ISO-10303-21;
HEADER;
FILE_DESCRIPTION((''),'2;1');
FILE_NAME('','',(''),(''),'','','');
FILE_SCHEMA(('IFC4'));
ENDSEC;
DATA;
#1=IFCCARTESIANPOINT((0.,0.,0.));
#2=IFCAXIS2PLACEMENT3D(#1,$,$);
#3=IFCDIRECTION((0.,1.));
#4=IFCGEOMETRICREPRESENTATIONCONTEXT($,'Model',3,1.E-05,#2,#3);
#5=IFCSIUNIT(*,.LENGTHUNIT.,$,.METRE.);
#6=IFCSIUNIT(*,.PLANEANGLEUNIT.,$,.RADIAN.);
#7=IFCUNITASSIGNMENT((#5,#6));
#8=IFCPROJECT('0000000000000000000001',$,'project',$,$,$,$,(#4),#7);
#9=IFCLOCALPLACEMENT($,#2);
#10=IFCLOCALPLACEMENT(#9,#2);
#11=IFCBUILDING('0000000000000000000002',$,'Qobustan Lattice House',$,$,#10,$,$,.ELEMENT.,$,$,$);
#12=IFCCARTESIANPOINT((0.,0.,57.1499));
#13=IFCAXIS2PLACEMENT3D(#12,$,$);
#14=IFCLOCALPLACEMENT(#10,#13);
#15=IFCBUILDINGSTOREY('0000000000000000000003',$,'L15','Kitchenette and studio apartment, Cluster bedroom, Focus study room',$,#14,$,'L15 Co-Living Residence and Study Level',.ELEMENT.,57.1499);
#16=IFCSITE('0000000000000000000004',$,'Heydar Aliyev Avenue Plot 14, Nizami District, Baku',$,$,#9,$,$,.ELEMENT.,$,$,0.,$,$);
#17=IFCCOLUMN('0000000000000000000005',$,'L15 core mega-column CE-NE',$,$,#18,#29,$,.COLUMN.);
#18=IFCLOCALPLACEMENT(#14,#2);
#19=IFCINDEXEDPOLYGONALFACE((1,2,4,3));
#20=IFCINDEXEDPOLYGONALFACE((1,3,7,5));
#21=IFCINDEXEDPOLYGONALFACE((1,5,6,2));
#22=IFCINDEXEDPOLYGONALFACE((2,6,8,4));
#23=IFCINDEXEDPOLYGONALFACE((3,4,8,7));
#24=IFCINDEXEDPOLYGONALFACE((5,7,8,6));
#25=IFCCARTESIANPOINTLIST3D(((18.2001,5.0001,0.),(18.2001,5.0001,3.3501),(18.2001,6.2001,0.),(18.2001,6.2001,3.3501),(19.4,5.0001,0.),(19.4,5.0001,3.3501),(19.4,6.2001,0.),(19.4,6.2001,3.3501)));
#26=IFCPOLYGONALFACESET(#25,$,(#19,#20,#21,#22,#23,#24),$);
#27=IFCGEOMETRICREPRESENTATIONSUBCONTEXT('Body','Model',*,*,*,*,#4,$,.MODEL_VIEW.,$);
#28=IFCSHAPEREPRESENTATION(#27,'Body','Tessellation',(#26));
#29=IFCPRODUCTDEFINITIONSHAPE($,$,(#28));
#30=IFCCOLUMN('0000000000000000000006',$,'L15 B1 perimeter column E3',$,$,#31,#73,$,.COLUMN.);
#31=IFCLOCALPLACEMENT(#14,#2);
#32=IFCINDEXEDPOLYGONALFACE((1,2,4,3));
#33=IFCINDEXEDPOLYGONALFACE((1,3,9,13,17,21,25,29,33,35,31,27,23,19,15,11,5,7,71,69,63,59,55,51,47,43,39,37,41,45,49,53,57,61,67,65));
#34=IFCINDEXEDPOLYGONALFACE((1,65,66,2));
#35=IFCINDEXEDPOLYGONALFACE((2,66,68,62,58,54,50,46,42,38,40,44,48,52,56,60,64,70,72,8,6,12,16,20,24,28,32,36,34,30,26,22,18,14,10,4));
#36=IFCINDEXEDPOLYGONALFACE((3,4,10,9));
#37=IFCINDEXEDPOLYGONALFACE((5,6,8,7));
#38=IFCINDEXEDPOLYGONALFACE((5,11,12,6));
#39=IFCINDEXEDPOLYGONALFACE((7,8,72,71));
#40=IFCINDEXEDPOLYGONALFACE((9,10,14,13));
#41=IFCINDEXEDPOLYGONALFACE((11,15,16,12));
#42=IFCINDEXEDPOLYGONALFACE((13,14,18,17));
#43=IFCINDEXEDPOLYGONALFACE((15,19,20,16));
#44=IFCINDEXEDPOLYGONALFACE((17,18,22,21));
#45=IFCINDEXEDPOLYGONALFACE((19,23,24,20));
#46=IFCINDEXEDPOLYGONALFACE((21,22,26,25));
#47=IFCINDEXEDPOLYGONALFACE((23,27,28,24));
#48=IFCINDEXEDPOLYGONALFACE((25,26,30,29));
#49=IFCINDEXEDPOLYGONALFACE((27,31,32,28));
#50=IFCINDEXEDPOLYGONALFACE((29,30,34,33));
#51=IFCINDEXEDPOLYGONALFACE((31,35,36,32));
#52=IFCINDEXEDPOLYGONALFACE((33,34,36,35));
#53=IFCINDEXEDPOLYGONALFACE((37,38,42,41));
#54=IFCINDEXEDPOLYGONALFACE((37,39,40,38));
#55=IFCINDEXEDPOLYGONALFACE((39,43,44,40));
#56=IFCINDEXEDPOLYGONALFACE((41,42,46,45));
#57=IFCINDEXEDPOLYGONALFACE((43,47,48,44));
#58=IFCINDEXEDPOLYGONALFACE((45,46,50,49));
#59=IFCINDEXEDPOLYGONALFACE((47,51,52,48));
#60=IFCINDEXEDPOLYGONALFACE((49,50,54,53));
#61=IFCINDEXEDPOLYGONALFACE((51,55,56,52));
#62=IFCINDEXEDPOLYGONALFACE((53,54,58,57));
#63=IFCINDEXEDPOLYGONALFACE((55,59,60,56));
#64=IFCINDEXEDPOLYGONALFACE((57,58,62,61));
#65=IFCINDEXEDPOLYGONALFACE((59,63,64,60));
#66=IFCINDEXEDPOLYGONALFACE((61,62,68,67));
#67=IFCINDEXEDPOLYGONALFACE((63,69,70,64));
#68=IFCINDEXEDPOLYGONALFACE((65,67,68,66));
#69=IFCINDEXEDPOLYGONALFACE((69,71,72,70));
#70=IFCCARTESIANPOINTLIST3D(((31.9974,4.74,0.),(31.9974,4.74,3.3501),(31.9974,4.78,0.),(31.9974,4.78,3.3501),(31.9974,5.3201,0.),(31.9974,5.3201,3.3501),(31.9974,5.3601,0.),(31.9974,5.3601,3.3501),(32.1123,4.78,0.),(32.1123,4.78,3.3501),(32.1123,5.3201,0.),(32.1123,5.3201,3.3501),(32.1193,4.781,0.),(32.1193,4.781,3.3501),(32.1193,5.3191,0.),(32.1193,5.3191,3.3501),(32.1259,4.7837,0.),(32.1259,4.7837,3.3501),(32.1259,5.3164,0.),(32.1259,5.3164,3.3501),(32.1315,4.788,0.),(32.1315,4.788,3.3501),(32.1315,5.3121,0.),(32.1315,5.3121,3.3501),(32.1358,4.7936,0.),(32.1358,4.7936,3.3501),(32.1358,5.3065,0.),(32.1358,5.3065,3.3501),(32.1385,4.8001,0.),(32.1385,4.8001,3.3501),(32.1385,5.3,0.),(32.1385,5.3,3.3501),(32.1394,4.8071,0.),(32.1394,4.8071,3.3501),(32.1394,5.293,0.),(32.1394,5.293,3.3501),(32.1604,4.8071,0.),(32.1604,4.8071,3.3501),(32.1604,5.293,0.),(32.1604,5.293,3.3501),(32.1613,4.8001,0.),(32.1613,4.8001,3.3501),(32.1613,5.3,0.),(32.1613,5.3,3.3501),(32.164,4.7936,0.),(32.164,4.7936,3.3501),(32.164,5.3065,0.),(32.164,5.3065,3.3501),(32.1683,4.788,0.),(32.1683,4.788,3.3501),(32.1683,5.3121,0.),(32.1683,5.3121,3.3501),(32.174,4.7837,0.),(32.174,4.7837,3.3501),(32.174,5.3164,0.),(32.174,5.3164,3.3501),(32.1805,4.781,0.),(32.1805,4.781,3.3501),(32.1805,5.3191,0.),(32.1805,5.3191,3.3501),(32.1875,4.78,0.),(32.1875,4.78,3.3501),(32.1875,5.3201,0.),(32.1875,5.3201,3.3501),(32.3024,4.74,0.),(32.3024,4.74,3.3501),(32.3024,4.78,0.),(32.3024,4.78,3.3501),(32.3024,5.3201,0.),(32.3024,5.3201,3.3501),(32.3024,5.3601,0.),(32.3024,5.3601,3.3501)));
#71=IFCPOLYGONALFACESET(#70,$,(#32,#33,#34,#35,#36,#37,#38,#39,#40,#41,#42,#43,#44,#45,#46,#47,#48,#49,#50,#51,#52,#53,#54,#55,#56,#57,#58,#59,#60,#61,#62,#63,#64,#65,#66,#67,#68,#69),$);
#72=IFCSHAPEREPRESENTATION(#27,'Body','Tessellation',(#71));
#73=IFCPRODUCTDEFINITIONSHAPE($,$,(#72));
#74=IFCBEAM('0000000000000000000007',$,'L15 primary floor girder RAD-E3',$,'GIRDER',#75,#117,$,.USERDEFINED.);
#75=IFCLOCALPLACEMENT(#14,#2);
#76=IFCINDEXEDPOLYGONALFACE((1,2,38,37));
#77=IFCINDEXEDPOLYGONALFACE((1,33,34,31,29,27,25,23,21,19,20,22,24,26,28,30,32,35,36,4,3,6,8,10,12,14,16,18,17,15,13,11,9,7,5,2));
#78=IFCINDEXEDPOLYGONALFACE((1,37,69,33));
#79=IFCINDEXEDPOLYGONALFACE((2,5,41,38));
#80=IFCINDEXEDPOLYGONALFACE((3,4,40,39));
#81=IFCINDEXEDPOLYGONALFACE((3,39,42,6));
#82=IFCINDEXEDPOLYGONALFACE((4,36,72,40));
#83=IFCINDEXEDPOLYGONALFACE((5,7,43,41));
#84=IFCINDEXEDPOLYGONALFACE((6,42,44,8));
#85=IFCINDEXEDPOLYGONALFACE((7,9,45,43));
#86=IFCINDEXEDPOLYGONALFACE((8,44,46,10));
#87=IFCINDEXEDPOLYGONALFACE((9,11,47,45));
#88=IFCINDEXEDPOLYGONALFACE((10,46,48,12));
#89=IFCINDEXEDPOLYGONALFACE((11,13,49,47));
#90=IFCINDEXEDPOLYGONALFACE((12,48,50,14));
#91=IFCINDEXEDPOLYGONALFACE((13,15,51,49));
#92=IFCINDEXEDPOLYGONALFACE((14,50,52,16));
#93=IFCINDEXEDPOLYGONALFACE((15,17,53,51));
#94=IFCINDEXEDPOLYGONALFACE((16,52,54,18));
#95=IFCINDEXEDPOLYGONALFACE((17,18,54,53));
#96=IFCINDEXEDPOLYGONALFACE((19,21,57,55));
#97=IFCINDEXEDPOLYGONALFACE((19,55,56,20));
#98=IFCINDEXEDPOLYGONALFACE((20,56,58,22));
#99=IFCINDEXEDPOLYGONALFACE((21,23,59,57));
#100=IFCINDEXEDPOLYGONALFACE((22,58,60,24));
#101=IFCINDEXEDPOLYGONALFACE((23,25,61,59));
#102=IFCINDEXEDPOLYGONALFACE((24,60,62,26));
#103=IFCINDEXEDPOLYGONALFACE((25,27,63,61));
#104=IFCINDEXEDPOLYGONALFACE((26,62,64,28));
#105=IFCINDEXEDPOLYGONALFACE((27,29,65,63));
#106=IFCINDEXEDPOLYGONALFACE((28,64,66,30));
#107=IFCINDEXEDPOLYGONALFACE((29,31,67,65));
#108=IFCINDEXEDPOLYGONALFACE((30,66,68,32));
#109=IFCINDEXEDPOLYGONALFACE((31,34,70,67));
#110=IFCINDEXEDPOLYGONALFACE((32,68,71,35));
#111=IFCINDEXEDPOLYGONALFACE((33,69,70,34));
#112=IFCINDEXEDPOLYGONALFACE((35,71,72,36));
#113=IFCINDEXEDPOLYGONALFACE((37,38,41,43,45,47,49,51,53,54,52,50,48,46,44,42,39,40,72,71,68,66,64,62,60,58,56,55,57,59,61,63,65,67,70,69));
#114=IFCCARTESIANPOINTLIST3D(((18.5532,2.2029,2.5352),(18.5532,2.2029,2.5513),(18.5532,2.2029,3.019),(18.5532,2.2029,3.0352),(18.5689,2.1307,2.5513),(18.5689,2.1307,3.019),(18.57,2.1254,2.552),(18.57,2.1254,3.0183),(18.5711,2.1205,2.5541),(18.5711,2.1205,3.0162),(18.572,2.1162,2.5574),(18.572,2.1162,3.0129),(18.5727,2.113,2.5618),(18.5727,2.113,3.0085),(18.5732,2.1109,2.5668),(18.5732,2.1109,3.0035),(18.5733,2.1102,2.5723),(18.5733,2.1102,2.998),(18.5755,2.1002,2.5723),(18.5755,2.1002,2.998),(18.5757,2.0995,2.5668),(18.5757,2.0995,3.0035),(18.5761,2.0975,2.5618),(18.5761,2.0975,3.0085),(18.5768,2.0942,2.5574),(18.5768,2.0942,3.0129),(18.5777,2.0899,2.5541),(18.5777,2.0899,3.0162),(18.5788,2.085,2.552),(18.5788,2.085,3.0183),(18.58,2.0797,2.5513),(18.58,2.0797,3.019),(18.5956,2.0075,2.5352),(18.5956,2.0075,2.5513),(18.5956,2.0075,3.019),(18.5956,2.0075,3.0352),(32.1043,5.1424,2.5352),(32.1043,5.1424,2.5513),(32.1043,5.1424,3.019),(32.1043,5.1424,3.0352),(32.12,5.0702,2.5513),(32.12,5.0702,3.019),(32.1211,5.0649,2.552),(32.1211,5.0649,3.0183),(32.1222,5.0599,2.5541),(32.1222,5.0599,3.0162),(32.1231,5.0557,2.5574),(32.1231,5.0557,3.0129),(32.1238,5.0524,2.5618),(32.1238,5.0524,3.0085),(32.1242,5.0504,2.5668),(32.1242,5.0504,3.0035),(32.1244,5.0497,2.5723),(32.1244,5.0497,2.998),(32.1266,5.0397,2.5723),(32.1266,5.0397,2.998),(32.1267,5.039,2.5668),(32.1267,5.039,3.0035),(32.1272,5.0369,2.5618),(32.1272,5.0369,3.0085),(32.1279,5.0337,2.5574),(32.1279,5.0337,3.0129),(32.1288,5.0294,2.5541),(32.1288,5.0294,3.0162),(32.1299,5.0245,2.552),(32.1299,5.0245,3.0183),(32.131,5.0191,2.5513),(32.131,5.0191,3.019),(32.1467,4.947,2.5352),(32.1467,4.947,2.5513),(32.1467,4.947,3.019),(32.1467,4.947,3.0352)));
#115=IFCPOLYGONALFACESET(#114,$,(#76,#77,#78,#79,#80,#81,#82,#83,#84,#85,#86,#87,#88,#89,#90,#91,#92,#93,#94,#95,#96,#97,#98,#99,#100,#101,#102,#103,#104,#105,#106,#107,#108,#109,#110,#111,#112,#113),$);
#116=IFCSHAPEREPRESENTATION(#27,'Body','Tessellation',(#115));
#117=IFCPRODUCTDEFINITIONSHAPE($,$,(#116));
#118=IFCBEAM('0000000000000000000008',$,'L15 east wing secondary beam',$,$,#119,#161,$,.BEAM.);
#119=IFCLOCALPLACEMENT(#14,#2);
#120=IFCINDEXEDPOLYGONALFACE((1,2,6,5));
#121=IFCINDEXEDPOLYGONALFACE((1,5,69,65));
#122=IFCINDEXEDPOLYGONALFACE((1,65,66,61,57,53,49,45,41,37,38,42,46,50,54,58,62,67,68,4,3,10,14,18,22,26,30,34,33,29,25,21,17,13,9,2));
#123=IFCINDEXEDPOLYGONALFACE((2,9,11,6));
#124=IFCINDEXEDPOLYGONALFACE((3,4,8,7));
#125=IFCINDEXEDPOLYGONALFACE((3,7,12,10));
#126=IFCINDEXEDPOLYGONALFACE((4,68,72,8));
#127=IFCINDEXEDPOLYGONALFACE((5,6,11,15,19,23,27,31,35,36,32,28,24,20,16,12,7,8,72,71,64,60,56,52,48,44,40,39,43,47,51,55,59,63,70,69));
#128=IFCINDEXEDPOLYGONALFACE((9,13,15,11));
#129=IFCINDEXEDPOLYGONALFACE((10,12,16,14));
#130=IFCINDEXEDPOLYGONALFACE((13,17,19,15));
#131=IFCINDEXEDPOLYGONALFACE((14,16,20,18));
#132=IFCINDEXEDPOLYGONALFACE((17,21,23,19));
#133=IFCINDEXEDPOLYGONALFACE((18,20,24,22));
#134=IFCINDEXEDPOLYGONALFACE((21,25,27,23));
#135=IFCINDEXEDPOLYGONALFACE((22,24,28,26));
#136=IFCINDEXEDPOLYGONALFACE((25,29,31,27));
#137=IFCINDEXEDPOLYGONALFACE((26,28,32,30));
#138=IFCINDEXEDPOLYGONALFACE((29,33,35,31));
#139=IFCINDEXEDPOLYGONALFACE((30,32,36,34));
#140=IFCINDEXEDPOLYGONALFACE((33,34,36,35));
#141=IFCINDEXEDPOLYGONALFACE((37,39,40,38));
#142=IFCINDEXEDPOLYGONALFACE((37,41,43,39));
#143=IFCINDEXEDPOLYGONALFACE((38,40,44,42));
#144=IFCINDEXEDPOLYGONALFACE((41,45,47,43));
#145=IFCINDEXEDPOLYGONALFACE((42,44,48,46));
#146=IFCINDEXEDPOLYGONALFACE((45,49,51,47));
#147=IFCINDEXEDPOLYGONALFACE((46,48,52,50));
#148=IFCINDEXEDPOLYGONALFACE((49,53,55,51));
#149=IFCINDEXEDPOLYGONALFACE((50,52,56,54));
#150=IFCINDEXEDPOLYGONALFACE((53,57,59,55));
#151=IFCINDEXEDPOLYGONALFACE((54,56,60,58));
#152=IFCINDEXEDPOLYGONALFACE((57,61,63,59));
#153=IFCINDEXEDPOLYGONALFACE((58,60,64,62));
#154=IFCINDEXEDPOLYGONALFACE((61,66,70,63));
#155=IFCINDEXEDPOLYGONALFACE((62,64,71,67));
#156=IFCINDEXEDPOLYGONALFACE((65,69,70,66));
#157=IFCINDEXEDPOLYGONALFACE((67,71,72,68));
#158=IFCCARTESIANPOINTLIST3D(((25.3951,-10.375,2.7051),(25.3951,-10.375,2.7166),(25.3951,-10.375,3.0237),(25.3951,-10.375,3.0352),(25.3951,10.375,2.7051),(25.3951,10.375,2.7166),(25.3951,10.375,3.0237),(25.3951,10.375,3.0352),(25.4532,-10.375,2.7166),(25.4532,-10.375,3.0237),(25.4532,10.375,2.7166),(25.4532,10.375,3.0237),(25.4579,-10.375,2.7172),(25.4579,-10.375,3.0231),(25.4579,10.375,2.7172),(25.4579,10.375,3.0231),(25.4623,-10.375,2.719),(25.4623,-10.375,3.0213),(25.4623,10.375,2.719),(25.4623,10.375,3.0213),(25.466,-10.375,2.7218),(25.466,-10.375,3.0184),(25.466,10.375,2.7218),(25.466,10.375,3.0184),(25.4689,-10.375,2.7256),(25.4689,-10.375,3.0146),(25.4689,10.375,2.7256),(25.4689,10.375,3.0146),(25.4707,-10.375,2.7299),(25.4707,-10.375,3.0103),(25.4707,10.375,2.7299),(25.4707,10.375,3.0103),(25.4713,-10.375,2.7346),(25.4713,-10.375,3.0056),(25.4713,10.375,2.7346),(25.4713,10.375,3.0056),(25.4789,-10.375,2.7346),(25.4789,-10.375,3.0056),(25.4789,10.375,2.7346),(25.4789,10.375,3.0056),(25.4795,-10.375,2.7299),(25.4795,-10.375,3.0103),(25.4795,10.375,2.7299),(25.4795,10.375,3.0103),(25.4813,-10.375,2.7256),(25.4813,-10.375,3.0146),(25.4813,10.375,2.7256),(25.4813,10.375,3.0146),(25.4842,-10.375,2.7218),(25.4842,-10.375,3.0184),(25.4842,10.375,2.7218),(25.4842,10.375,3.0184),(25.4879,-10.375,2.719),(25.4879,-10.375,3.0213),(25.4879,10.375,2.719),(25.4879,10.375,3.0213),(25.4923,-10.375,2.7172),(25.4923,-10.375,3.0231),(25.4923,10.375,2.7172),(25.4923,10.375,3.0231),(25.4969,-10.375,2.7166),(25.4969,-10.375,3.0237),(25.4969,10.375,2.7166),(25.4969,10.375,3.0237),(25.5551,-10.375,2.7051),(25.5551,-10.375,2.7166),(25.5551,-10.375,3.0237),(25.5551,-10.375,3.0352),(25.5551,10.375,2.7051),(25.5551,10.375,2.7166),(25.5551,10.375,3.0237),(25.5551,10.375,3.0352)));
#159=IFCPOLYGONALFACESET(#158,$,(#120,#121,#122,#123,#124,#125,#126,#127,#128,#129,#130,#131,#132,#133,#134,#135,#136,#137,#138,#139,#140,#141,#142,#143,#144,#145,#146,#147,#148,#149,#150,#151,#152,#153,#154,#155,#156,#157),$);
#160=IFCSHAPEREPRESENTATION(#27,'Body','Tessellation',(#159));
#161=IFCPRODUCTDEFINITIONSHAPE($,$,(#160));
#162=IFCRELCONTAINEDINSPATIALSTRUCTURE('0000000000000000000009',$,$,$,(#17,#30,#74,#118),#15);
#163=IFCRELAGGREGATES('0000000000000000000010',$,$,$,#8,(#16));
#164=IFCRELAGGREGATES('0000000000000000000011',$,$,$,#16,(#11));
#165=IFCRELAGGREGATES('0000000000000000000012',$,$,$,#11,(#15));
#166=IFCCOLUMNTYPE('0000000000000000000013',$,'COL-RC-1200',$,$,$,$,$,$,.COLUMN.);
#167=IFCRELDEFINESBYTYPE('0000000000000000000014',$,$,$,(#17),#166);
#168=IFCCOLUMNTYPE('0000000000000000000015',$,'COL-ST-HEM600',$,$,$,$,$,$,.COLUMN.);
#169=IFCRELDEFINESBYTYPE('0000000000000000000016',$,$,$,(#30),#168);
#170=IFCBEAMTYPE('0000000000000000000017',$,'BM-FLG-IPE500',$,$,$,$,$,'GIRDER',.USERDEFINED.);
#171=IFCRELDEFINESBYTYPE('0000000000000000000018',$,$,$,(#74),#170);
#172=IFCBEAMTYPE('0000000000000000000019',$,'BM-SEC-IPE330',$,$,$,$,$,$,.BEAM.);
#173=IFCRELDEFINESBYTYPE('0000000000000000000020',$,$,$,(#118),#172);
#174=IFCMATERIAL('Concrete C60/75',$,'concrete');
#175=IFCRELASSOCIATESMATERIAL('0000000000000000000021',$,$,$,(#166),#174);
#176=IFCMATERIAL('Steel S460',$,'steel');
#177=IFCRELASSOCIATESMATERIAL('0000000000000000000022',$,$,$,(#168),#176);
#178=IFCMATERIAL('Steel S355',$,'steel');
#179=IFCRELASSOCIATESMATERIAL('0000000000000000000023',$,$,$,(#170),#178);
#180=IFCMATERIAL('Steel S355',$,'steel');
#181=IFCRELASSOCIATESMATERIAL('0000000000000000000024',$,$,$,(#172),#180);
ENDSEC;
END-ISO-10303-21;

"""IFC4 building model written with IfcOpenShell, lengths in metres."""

from ifc_helpers import new_model, si_unit, direction, frame, origin, origin_2d, place, context, subcontext, project, spatial, rectangle, i_section, extrude, material, material_profile, profile_set, type_object, element, save


model = new_model("IFC4")

# Units and contexts
model_context = context("Model", 3, precision=1e-05, world=origin(), true_north=direction((0.0, 1.0)))
body_context = subcontext(model_context, "Body", "Model", "MODEL_VIEW")
ifc_project = project(units=[si_unit("LENGTHUNIT", "METRE"), si_unit("PLANEANGLEUNIT", "RADIAN")], contexts=[model_context])

# Site, building, storey
site_placement = place(None, origin())
site = spatial("IfcSite", under=ifc_project, at=site_placement, Name="Heydar Aliyev Avenue Plot 14, Nizami District, Baku", CompositionType="ELEMENT", RefElevation=0.0)
building_placement = place(site_placement, origin())
building = spatial("IfcBuilding", under=site, at=building_placement, Name="Qobustan Lattice House", CompositionType="ELEMENT")
storey_placement = place(building_placement, frame((0.0, 0.0, 57.1499)))
storey = spatial("IfcBuildingStorey", under=building, at=storey_placement, Name="L15", Description="Kitchenette and studio apartment, Cluster bedroom, Focus study room", LongName="L15 Co-Living Residence and Study Level", CompositionType="ELEMENT", Elevation=57.1499)

# Columns
ifc_material_1 = material(Name="Concrete C60/75", Category="concrete")
ifc_material_profile_1 = material_profile(ifc_material_1, rectangle(XDim=1.2, YDim=1.2, at=origin_2d()), Name="RC1200x1200")
ifc_profile_set_1 = profile_set([ifc_material_profile_1], Name="Concrete C60/75")
column_type_1 = type_object("IfcColumnType", Name="COL-RC-1200", PredefinedType="COLUMN", material=ifc_profile_set_1)
column_1_placement = place(storey_placement, frame((18.8, 5.6001, 0.0), z_axis=(0.0, 0.0, 1.0), x_axis=(1.0, 0.0, 0.0)))
element("IfcColumn", 1, at=column_1_placement, inside=storey, type_object=column_type_1, Name="L15 core mega-column CE-NE", PredefinedType="COLUMN", context=body_context, shape_type="SweptSolid", body=[
    extrude(rectangle(XDim=1.2, YDim=1.2, at=origin_2d()), origin(), (0.0, 0.0, 1.0), 3.3501),
])
ifc_material_2 = material(Name="Steel S460", Category="steel")
ifc_material_profile_2 = material_profile(ifc_material_2, i_section(OverallWidth=0.3049, OverallDepth=0.6201, WebThickness=0.021, FlangeThickness=0.04, FilletRadius=0.0271, at=origin_2d()), Name="HEM600")
ifc_profile_set_2 = profile_set([ifc_material_profile_2], Name="Steel S460")
column_type_2 = type_object("IfcColumnType", Name="COL-ST-HEM600", PredefinedType="COLUMN", material=ifc_profile_set_2)
column_2_placement = place(storey_placement, frame((32.1499, 5.05, 0.0), z_axis=(0.0, 0.0, 1.0), x_axis=(1.0, 0.0, 0.0)))
element("IfcColumn", 2, at=column_2_placement, inside=storey, type_object=column_type_2, Name="L15 B1 perimeter column E3", PredefinedType="COLUMN", context=body_context, shape_type="SweptSolid", body=[
    extrude(i_section(OverallWidth=0.3049, OverallDepth=0.6201, WebThickness=0.021, FlangeThickness=0.04, FilletRadius=0.0271, at=origin_2d()), origin(), (0.0, 0.0, 1.0), 3.3501),
])

# Beams
ifc_material_3 = material(Name="Steel S355", Category="steel")
ifc_material_profile_3 = material_profile(ifc_material_3, i_section(OverallWidth=0.2, OverallDepth=0.5, WebThickness=0.0103, FlangeThickness=0.0161, FilletRadius=0.021, at=origin_2d()), Name="IPE500")
ifc_profile_set_3 = profile_set([ifc_material_profile_3], Name="Steel S355")
beam_type_1 = type_object("IfcBeamType", Name="BM-FLG-IPE500", ElementType="GIRDER", PredefinedType="USERDEFINED", material=ifc_profile_set_3)
beam_1_placement = place(storey_placement, frame((32.1255, 5.0447, 2.7852), z_axis=(-0.977272, -0.211987, 0.0), x_axis=(0.211987, -0.977272, 0.0)))
element("IfcBeam", 3, at=beam_1_placement, inside=storey, type_object=beam_type_1, Name="L15 primary floor girder RAD-E3", ObjectType="GIRDER", PredefinedType="USERDEFINED", context=body_context, shape_type="SweptSolid", body=[
    extrude(i_section(OverallWidth=0.2, OverallDepth=0.5, WebThickness=0.0103, FlangeThickness=0.0161, FilletRadius=0.021, at=origin_2d()), origin(), (0.0, 0.0, 1.0), 13.8662),
])
ifc_material_4 = material(Name="Steel S355", Category="steel")
ifc_material_profile_4 = material_profile(ifc_material_4, i_section(OverallWidth=0.1599, OverallDepth=0.3301, WebThickness=0.0076, FlangeThickness=0.0115, FilletRadius=0.0181, at=origin_2d()), Name="IPE330")
ifc_profile_set_4 = profile_set([ifc_material_profile_4], Name="Steel S355")
beam_type_2 = type_object("IfcBeamType", Name="BM-SEC-IPE330", PredefinedType="BEAM", material=ifc_profile_set_4)
beam_2_placement = place(storey_placement, frame((25.4751, 10.375, 2.8701), z_axis=(0.0, -1.0, 0.0), x_axis=(1.0, 0.0, 0.0)))
element("IfcBeam", 4, at=beam_2_placement, inside=storey, type_object=beam_type_2, Name="L15 east wing secondary beam", PredefinedType="BEAM", context=body_context, shape_type="SweptSolid", body=[
    extrude(i_section(OverallWidth=0.1599, OverallDepth=0.3301, WebThickness=0.0076, FlangeThickness=0.0115, FilletRadius=0.0181, at=origin_2d()), origin(), (0.0, 0.0, 1.0), 20.75),
])

save(model, "model.ifc")
